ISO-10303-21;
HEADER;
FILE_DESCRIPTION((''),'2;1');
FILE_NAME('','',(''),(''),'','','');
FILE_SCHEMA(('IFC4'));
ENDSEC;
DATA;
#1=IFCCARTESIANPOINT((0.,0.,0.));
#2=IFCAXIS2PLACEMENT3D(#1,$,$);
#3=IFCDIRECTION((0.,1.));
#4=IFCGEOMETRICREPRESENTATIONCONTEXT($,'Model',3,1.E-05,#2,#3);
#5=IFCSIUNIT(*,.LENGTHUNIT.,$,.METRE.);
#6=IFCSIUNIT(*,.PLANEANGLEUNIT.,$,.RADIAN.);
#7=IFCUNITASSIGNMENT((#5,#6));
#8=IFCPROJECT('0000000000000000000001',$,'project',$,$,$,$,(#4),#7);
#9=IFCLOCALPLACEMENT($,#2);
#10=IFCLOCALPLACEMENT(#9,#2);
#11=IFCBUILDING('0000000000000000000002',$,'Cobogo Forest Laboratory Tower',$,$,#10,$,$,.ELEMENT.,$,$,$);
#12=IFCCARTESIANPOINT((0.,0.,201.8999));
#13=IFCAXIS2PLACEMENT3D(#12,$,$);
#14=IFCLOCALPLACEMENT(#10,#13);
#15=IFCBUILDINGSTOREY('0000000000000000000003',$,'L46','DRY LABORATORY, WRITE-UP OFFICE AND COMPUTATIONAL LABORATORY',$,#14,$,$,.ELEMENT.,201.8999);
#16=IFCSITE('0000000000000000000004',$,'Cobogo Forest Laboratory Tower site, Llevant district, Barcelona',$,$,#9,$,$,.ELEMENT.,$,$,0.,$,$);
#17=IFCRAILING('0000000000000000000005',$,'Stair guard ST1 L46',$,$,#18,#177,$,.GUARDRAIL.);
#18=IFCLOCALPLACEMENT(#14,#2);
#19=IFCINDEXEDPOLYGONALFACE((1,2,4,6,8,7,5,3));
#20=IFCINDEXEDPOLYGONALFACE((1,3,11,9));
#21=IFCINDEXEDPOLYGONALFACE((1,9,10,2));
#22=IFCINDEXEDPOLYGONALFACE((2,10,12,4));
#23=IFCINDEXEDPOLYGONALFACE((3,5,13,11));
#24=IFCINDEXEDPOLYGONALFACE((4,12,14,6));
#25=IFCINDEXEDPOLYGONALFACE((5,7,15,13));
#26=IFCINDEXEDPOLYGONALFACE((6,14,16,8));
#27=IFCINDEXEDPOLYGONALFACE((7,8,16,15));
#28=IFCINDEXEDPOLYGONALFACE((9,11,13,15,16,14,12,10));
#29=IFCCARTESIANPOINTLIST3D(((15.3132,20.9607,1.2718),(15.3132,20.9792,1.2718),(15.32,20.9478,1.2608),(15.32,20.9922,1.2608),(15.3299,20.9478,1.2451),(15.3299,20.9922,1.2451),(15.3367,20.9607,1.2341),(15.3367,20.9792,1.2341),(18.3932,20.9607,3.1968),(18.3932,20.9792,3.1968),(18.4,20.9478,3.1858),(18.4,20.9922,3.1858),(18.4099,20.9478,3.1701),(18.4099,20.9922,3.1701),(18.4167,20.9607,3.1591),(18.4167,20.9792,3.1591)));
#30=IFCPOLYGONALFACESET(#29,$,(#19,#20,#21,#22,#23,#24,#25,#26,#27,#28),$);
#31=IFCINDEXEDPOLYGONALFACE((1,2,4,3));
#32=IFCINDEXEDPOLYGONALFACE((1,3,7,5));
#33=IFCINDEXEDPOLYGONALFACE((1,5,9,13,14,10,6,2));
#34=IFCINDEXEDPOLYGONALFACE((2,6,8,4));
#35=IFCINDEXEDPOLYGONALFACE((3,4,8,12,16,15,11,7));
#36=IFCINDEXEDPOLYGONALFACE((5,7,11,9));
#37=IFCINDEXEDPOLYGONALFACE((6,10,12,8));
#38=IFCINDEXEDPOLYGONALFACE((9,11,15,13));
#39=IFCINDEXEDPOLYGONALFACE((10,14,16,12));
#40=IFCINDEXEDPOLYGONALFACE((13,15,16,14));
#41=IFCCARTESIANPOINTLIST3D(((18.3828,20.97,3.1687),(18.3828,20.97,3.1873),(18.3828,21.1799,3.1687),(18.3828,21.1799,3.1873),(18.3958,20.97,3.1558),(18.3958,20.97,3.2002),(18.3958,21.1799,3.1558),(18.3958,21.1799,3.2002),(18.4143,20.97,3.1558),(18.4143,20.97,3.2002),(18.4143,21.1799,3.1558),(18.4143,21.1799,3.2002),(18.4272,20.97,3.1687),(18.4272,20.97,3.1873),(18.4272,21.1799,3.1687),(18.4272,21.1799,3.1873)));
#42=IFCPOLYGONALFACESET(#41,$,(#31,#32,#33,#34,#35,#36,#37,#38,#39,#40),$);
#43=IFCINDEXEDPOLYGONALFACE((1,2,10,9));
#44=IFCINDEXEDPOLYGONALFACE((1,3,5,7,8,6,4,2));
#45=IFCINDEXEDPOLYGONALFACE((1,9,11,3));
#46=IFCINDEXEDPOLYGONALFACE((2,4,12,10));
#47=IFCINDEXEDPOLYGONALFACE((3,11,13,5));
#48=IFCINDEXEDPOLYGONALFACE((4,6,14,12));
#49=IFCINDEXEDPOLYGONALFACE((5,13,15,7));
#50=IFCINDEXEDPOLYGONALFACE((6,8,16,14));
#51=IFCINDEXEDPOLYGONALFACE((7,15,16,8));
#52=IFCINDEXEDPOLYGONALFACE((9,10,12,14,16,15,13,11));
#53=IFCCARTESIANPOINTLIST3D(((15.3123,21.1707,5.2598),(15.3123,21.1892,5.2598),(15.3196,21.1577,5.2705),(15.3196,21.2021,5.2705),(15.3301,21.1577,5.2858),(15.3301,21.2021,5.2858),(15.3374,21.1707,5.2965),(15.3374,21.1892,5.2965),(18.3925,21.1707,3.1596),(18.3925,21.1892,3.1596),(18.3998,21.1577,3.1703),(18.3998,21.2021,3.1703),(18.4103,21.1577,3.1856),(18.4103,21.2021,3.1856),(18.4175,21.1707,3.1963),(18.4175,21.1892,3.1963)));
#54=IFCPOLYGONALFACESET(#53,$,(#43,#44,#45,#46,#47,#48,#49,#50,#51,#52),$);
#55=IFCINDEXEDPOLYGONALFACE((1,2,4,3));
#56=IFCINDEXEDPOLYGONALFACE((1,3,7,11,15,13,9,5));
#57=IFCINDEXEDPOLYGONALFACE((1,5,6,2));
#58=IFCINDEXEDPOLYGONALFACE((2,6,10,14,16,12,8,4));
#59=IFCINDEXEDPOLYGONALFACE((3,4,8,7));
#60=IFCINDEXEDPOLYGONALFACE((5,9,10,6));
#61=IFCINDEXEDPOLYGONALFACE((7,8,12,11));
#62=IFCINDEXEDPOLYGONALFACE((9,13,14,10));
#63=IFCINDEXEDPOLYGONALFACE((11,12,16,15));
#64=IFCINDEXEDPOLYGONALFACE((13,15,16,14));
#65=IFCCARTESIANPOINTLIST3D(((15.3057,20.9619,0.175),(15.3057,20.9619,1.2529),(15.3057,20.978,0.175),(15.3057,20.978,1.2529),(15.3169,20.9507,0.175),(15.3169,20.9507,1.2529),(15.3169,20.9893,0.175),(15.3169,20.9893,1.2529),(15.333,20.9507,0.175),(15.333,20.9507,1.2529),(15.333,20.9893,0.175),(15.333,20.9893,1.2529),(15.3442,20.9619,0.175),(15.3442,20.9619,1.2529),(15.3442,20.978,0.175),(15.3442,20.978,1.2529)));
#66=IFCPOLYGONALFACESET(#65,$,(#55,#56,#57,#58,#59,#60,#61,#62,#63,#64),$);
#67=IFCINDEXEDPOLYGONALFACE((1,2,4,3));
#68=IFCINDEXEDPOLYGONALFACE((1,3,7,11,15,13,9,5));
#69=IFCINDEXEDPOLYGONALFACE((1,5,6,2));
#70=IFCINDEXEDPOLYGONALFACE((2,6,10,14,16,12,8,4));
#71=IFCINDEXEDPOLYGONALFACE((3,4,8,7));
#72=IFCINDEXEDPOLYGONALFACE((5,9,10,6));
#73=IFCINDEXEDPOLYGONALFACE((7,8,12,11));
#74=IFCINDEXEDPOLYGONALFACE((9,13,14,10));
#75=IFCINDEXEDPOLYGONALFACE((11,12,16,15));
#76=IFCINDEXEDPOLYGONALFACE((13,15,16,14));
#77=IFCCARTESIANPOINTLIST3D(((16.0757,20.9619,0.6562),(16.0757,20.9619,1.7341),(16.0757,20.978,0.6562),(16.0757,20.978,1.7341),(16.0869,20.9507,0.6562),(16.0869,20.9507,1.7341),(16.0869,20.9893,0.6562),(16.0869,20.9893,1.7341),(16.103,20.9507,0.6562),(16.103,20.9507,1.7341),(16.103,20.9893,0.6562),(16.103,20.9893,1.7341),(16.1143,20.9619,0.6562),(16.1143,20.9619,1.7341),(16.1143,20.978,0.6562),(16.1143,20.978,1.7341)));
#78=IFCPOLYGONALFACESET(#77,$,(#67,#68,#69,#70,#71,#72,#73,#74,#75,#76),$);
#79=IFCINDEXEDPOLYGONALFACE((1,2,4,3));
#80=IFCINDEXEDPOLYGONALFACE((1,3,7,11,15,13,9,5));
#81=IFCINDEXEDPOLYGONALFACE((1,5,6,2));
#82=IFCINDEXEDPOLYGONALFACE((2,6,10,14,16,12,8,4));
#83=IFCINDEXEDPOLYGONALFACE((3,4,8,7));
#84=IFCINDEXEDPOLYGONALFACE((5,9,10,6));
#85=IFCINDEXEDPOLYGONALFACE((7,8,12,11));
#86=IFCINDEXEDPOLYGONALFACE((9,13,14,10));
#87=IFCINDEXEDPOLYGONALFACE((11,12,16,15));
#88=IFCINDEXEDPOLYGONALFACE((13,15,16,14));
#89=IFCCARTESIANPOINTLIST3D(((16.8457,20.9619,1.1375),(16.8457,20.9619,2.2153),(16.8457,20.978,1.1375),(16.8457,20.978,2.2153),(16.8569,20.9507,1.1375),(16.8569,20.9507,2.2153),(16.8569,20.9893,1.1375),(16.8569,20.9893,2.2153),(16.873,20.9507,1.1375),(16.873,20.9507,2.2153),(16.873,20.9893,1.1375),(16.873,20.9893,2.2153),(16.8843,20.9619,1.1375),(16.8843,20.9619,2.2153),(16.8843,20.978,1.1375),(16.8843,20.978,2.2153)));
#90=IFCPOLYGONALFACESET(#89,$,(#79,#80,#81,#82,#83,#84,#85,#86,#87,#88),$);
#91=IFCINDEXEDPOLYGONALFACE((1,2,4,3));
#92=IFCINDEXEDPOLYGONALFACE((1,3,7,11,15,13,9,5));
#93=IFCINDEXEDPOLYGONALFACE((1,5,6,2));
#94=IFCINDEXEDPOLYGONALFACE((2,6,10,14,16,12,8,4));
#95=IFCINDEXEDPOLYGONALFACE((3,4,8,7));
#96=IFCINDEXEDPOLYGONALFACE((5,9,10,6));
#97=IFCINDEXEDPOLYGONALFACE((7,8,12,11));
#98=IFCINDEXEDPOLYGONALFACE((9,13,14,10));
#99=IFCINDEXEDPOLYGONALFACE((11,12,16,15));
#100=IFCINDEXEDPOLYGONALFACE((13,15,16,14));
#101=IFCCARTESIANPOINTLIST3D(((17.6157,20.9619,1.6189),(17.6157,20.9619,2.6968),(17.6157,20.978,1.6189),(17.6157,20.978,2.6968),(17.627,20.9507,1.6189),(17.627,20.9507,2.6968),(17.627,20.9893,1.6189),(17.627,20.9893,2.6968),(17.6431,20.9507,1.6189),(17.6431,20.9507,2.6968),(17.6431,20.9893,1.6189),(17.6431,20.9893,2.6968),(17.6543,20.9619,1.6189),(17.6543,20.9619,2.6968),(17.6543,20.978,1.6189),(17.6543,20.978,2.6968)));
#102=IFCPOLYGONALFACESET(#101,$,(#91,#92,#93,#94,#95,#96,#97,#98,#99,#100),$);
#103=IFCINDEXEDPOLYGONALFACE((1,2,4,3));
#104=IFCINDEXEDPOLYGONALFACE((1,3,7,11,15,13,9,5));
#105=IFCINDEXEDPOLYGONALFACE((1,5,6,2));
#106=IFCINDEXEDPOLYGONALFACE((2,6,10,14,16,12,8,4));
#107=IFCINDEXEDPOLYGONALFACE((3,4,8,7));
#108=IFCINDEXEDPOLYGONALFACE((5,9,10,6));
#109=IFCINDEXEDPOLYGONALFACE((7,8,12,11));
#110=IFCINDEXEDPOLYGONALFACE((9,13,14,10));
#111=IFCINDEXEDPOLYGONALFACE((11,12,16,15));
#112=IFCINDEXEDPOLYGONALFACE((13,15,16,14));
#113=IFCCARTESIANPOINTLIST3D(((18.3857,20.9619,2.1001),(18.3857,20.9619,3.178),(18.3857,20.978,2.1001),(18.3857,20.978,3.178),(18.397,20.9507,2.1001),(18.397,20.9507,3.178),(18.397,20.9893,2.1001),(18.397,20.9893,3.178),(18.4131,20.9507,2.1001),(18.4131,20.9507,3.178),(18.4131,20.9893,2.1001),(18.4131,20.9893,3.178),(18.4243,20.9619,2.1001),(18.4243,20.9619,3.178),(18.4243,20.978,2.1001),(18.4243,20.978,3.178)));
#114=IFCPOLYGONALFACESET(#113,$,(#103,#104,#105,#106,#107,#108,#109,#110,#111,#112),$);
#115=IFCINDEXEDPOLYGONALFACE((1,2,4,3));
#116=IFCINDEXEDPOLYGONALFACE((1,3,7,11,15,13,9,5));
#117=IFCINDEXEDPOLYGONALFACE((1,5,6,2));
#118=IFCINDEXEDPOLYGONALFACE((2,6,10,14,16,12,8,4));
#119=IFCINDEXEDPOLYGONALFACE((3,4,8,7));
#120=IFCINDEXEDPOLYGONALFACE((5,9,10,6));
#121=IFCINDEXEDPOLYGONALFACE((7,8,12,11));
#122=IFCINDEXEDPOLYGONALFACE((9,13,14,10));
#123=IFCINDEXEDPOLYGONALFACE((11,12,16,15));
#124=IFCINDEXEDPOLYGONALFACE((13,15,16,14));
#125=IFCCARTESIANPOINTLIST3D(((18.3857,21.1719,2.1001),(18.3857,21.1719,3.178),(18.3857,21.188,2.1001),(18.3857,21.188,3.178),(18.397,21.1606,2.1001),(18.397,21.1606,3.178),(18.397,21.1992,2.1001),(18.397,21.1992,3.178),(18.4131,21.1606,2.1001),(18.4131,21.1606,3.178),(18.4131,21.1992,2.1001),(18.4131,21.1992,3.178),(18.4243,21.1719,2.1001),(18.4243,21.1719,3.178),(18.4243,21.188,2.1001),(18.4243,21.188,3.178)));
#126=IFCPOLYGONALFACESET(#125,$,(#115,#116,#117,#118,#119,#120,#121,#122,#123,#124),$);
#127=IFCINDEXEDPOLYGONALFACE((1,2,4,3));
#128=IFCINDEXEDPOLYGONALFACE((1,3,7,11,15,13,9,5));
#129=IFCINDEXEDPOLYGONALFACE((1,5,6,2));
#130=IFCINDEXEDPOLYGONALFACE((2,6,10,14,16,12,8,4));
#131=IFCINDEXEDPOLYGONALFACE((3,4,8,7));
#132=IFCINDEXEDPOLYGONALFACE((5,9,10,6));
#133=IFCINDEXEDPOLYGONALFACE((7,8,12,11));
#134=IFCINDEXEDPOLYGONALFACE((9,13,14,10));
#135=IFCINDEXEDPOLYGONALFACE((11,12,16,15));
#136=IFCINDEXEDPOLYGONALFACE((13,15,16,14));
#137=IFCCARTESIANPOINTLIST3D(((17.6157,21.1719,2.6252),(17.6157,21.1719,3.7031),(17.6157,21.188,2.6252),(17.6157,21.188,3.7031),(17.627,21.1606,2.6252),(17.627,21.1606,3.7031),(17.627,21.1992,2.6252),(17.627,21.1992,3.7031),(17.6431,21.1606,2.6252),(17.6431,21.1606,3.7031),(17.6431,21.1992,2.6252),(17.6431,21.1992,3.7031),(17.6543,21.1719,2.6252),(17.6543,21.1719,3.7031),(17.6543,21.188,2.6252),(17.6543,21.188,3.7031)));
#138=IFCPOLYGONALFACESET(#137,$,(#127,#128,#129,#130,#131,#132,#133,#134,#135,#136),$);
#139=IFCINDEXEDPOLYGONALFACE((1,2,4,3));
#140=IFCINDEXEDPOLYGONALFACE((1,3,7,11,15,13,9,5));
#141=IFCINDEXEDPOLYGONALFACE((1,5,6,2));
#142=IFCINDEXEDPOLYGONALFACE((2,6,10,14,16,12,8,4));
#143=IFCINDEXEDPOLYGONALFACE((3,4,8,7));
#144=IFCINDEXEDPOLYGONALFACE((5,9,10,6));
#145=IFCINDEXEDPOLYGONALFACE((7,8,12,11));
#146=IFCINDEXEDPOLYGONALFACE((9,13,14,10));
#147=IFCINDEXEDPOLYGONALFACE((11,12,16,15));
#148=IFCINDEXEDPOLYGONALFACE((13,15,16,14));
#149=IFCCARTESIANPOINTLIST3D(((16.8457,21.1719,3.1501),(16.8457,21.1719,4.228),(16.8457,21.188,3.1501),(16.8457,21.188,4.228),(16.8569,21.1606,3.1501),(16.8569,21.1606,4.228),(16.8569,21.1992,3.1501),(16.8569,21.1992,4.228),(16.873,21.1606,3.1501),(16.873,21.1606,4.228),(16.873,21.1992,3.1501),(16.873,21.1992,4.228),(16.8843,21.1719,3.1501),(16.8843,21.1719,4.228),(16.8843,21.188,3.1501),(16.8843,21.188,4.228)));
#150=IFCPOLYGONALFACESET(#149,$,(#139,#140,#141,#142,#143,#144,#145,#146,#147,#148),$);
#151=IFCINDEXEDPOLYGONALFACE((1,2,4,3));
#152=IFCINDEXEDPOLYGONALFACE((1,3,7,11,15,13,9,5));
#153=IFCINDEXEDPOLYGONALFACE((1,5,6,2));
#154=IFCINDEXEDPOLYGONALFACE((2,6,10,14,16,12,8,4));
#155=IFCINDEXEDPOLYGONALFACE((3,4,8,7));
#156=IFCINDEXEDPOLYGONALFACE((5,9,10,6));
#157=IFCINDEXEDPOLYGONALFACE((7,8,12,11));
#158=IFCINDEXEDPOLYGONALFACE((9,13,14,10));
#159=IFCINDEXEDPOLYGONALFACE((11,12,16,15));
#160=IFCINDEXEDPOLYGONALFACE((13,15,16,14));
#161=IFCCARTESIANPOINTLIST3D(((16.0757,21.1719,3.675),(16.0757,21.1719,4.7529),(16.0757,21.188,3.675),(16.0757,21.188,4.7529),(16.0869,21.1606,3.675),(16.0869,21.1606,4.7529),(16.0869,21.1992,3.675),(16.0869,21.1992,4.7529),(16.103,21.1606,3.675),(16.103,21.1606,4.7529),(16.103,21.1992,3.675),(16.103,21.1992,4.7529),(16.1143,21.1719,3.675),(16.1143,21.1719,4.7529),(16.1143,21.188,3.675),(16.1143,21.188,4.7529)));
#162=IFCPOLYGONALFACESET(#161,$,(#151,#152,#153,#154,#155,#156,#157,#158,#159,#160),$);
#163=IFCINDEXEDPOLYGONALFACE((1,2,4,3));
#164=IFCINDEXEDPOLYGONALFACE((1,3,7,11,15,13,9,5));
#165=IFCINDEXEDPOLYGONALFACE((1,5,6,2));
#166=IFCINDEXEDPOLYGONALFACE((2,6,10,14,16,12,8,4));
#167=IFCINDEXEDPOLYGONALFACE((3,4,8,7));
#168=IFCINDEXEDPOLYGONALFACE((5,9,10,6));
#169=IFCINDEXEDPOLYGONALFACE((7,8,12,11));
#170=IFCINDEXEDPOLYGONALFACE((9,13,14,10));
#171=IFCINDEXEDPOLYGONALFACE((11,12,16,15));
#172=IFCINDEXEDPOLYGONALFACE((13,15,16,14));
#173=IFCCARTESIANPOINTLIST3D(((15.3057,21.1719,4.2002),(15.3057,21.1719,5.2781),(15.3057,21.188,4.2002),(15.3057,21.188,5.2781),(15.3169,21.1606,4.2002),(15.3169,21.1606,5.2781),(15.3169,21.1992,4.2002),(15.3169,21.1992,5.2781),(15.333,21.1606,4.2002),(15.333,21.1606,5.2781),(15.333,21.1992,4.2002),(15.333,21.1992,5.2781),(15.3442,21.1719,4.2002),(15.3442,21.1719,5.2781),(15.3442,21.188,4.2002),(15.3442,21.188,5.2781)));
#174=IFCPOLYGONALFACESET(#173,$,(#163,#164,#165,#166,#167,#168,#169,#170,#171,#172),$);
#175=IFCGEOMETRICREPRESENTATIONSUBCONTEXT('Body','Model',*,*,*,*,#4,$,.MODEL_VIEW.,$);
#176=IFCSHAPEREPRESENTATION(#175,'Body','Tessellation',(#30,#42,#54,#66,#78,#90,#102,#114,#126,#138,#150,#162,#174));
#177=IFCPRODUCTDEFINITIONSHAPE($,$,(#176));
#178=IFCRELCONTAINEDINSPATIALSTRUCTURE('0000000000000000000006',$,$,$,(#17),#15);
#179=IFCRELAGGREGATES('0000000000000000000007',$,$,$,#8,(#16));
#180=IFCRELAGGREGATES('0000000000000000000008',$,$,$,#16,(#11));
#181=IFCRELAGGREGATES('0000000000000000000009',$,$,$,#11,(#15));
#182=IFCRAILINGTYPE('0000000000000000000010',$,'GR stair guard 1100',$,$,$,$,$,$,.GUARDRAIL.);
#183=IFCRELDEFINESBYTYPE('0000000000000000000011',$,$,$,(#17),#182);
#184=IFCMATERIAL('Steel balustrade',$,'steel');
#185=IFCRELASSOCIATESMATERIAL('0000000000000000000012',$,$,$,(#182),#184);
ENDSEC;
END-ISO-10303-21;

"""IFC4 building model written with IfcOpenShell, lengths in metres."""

from ifc_helpers import new_model, si_unit, direction, frame, origin, place, context, subcontext, project, spatial, polyline, outline, extrude, material, type_object, element, save


model = new_model("IFC4")

# Units and contexts
model_context = context("Model", 3, precision=1e-05, world=origin(), true_north=direction((0.0, 1.0)))
body_context = subcontext(model_context, "Body", "Model", "MODEL_VIEW")
ifc_project = project(units=[si_unit("LENGTHUNIT", "METRE"), si_unit("PLANEANGLEUNIT", "RADIAN")], contexts=[model_context])

# Site, building, storey
site_placement = place(None, origin())
site = spatial("IfcSite", under=ifc_project, at=site_placement, Name="Cobogo Forest Laboratory Tower site, Llevant district, Barcelona", CompositionType="ELEMENT", RefElevation=0.0)
building_placement = place(site_placement, origin())
building = spatial("IfcBuilding", under=site, at=building_placement, Name="Cobogo Forest Laboratory Tower", CompositionType="ELEMENT")
storey_placement = place(building_placement, frame((0.0, 0.0, 201.8999)))
storey = spatial("IfcBuildingStorey", under=building, at=storey_placement, Name="L46", Description="DRY LABORATORY, WRITE-UP OFFICE AND COMPUTATIONAL LABORATORY", CompositionType="ELEMENT", Elevation=201.8999)

# Railing
ifc_material_1 = material(Name="Steel balustrade", Category="steel")
railing_type_1 = type_object("IfcRailingType", Name="GR stair guard 1100", PredefinedType="GUARDRAIL", material=ifc_material_1)
railing_1_placement = place(storey_placement, frame((15.325, 20.97, 0.175)))
element("IfcRailing", 1, at=railing_1_placement, inside=storey, type_object=railing_type_1, Name="Stair guard ST1 L46", PredefinedType="GUARDRAIL", context=body_context, shape_type="SweptSolid", body=[
    extrude(outline(polyline([(0.0222, 0.0093), (0.0093, 0.0222), (-0.0093, 0.0222), (-0.0222, 0.0093), (-0.0222, -0.0093), (-0.0093, -0.0222), (0.0093, -0.0222), (0.0222, -0.0093), (0.0222, 0.0093)])), frame((0.0, 0.0, 1.0779), z_axis=(0.847998, 0.0, 0.529999), x_axis=(0.0, 1.0, 0.0)), (0.0, 0.0, 1.0), 3.6321),
    extrude(outline(polyline([(0.0222, 0.0093), (0.0093, 0.0222), (-0.0093, 0.0222), (-0.0222, 0.0093), (-0.0222, -0.0093), (-0.0093, -0.0222), (0.0093, -0.0222), (0.0222, -0.0093), (0.0222, 0.0093)])), frame((3.0801, 0.0, 3.0029), z_axis=(0.0, 1.0, 0.0), x_axis=(-1.0, 0.0, 0.0)), (0.0, 0.0, 1.0), 0.21),
    extrude(outline(polyline([(0.0222, 0.0093), (0.0093, 0.0222), (-0.0093, 0.0222), (-0.0222, 0.0093), (-0.0222, -0.0093), (-0.0093, -0.0222), (0.0093, -0.0222), (0.0222, -0.0093), (0.0222, 0.0093)])), frame((3.0801, 0.21, 3.0029), z_axis=(-0.826222, 0.0, 0.563345), x_axis=(0.0, -1.0, 0.0)), (0.0, 0.0, 1.0), 3.728),
    extrude(outline(polyline([(0.0193, 0.0081), (0.0081, 0.0193), (-0.0081, 0.0193), (-0.0193, 0.0081), (-0.0193, -0.0081), (-0.0081, -0.0193), (0.0081, -0.0193), (0.0193, -0.0081), (0.0193, 0.0081)])), origin(), (0.0, 0.0, 1.0), 1.0779),
    extrude(outline(polyline([(0.0193, 0.0081), (0.0081, 0.0193), (-0.0081, 0.0193), (-0.0193, 0.0081), (-0.0193, -0.0081), (-0.0081, -0.0193), (0.0081, -0.0193), (0.0193, -0.0081), (0.0193, 0.0081)])), frame((0.77, 0.0, 0.4812)), (0.0, 0.0, 1.0), 1.0779),
    extrude(outline(polyline([(0.0193, 0.0081), (0.0081, 0.0193), (-0.0081, 0.0193), (-0.0193, 0.0081), (-0.0193, -0.0081), (-0.0081, -0.0193), (0.0081, -0.0193), (0.0193, -0.0081), (0.0193, 0.0081)])), frame((1.54, 0.0, 0.9624)), (0.0, 0.0, 1.0), 1.0779),
    extrude(outline(polyline([(0.0193, 0.0081), (0.0081, 0.0193), (-0.0081, 0.0193), (-0.0193, 0.0081), (-0.0193, -0.0081), (-0.0081, -0.0193), (0.0081, -0.0193), (0.0193, -0.0081), (0.0193, 0.0081)])), frame((2.3101, 0.0, 1.4438)), (0.0, 0.0, 1.0), 1.0779),
    extrude(outline(polyline([(0.0193, 0.0081), (0.0081, 0.0193), (-0.0081, 0.0193), (-0.0193, 0.0081), (-0.0193, -0.0081), (-0.0081, -0.0193), (0.0081, -0.0193), (0.0193, -0.0081), (0.0193, 0.0081)])), frame((3.0801, 0.0, 1.925)), (0.0, 0.0, 1.0), 1.0779),
    extrude(outline(polyline([(0.0193, 0.0081), (0.0081, 0.0193), (-0.0081, 0.0193), (-0.0193, 0.0081), (-0.0193, -0.0081), (-0.0081, -0.0193), (0.0081, -0.0193), (0.0193, -0.0081), (0.0193, 0.0081)])), frame((3.0801, 0.21, 1.925)), (0.0, 0.0, 1.0), 1.0779),
    extrude(outline(polyline([(0.0193, 0.0081), (0.0081, 0.0193), (-0.0081, 0.0193), (-0.0193, 0.0081), (-0.0193, -0.0081), (-0.0081, -0.0193), (0.0081, -0.0193), (0.0193, -0.0081), (0.0193, 0.0081)])), frame((2.3101, 0.21, 2.4502)), (0.0, 0.0, 1.0), 1.0779),
    extrude(outline(polyline([(0.0193, 0.0081), (0.0081, 0.0193), (-0.0081, 0.0193), (-0.0193, 0.0081), (-0.0193, -0.0081), (-0.0081, -0.0193), (0.0081, -0.0193), (0.0193, -0.0081), (0.0193, 0.0081)])), frame((1.54, 0.21, 2.9751)), (0.0, 0.0, 1.0), 1.0779),
    extrude(outline(polyline([(0.0193, 0.0081), (0.0081, 0.0193), (-0.0081, 0.0193), (-0.0193, 0.0081), (-0.0193, -0.0081), (-0.0081, -0.0193), (0.0081, -0.0193), (0.0193, -0.0081), (0.0193, 0.0081)])), frame((0.77, 0.21, 3.5)), (0.0, 0.0, 1.0), 1.0779),
    extrude(outline(polyline([(0.0193, 0.0081), (0.0081, 0.0193), (-0.0081, 0.0193), (-0.0193, 0.0081), (-0.0193, -0.0081), (-0.0081, -0.0193), (0.0081, -0.0193), (0.0193, -0.0081), (0.0193, 0.0081)])), frame((0.0, 0.21, 4.0251)), (0.0, 0.0, 1.0), 1.0779),
])

save(model, "model.ifc")
